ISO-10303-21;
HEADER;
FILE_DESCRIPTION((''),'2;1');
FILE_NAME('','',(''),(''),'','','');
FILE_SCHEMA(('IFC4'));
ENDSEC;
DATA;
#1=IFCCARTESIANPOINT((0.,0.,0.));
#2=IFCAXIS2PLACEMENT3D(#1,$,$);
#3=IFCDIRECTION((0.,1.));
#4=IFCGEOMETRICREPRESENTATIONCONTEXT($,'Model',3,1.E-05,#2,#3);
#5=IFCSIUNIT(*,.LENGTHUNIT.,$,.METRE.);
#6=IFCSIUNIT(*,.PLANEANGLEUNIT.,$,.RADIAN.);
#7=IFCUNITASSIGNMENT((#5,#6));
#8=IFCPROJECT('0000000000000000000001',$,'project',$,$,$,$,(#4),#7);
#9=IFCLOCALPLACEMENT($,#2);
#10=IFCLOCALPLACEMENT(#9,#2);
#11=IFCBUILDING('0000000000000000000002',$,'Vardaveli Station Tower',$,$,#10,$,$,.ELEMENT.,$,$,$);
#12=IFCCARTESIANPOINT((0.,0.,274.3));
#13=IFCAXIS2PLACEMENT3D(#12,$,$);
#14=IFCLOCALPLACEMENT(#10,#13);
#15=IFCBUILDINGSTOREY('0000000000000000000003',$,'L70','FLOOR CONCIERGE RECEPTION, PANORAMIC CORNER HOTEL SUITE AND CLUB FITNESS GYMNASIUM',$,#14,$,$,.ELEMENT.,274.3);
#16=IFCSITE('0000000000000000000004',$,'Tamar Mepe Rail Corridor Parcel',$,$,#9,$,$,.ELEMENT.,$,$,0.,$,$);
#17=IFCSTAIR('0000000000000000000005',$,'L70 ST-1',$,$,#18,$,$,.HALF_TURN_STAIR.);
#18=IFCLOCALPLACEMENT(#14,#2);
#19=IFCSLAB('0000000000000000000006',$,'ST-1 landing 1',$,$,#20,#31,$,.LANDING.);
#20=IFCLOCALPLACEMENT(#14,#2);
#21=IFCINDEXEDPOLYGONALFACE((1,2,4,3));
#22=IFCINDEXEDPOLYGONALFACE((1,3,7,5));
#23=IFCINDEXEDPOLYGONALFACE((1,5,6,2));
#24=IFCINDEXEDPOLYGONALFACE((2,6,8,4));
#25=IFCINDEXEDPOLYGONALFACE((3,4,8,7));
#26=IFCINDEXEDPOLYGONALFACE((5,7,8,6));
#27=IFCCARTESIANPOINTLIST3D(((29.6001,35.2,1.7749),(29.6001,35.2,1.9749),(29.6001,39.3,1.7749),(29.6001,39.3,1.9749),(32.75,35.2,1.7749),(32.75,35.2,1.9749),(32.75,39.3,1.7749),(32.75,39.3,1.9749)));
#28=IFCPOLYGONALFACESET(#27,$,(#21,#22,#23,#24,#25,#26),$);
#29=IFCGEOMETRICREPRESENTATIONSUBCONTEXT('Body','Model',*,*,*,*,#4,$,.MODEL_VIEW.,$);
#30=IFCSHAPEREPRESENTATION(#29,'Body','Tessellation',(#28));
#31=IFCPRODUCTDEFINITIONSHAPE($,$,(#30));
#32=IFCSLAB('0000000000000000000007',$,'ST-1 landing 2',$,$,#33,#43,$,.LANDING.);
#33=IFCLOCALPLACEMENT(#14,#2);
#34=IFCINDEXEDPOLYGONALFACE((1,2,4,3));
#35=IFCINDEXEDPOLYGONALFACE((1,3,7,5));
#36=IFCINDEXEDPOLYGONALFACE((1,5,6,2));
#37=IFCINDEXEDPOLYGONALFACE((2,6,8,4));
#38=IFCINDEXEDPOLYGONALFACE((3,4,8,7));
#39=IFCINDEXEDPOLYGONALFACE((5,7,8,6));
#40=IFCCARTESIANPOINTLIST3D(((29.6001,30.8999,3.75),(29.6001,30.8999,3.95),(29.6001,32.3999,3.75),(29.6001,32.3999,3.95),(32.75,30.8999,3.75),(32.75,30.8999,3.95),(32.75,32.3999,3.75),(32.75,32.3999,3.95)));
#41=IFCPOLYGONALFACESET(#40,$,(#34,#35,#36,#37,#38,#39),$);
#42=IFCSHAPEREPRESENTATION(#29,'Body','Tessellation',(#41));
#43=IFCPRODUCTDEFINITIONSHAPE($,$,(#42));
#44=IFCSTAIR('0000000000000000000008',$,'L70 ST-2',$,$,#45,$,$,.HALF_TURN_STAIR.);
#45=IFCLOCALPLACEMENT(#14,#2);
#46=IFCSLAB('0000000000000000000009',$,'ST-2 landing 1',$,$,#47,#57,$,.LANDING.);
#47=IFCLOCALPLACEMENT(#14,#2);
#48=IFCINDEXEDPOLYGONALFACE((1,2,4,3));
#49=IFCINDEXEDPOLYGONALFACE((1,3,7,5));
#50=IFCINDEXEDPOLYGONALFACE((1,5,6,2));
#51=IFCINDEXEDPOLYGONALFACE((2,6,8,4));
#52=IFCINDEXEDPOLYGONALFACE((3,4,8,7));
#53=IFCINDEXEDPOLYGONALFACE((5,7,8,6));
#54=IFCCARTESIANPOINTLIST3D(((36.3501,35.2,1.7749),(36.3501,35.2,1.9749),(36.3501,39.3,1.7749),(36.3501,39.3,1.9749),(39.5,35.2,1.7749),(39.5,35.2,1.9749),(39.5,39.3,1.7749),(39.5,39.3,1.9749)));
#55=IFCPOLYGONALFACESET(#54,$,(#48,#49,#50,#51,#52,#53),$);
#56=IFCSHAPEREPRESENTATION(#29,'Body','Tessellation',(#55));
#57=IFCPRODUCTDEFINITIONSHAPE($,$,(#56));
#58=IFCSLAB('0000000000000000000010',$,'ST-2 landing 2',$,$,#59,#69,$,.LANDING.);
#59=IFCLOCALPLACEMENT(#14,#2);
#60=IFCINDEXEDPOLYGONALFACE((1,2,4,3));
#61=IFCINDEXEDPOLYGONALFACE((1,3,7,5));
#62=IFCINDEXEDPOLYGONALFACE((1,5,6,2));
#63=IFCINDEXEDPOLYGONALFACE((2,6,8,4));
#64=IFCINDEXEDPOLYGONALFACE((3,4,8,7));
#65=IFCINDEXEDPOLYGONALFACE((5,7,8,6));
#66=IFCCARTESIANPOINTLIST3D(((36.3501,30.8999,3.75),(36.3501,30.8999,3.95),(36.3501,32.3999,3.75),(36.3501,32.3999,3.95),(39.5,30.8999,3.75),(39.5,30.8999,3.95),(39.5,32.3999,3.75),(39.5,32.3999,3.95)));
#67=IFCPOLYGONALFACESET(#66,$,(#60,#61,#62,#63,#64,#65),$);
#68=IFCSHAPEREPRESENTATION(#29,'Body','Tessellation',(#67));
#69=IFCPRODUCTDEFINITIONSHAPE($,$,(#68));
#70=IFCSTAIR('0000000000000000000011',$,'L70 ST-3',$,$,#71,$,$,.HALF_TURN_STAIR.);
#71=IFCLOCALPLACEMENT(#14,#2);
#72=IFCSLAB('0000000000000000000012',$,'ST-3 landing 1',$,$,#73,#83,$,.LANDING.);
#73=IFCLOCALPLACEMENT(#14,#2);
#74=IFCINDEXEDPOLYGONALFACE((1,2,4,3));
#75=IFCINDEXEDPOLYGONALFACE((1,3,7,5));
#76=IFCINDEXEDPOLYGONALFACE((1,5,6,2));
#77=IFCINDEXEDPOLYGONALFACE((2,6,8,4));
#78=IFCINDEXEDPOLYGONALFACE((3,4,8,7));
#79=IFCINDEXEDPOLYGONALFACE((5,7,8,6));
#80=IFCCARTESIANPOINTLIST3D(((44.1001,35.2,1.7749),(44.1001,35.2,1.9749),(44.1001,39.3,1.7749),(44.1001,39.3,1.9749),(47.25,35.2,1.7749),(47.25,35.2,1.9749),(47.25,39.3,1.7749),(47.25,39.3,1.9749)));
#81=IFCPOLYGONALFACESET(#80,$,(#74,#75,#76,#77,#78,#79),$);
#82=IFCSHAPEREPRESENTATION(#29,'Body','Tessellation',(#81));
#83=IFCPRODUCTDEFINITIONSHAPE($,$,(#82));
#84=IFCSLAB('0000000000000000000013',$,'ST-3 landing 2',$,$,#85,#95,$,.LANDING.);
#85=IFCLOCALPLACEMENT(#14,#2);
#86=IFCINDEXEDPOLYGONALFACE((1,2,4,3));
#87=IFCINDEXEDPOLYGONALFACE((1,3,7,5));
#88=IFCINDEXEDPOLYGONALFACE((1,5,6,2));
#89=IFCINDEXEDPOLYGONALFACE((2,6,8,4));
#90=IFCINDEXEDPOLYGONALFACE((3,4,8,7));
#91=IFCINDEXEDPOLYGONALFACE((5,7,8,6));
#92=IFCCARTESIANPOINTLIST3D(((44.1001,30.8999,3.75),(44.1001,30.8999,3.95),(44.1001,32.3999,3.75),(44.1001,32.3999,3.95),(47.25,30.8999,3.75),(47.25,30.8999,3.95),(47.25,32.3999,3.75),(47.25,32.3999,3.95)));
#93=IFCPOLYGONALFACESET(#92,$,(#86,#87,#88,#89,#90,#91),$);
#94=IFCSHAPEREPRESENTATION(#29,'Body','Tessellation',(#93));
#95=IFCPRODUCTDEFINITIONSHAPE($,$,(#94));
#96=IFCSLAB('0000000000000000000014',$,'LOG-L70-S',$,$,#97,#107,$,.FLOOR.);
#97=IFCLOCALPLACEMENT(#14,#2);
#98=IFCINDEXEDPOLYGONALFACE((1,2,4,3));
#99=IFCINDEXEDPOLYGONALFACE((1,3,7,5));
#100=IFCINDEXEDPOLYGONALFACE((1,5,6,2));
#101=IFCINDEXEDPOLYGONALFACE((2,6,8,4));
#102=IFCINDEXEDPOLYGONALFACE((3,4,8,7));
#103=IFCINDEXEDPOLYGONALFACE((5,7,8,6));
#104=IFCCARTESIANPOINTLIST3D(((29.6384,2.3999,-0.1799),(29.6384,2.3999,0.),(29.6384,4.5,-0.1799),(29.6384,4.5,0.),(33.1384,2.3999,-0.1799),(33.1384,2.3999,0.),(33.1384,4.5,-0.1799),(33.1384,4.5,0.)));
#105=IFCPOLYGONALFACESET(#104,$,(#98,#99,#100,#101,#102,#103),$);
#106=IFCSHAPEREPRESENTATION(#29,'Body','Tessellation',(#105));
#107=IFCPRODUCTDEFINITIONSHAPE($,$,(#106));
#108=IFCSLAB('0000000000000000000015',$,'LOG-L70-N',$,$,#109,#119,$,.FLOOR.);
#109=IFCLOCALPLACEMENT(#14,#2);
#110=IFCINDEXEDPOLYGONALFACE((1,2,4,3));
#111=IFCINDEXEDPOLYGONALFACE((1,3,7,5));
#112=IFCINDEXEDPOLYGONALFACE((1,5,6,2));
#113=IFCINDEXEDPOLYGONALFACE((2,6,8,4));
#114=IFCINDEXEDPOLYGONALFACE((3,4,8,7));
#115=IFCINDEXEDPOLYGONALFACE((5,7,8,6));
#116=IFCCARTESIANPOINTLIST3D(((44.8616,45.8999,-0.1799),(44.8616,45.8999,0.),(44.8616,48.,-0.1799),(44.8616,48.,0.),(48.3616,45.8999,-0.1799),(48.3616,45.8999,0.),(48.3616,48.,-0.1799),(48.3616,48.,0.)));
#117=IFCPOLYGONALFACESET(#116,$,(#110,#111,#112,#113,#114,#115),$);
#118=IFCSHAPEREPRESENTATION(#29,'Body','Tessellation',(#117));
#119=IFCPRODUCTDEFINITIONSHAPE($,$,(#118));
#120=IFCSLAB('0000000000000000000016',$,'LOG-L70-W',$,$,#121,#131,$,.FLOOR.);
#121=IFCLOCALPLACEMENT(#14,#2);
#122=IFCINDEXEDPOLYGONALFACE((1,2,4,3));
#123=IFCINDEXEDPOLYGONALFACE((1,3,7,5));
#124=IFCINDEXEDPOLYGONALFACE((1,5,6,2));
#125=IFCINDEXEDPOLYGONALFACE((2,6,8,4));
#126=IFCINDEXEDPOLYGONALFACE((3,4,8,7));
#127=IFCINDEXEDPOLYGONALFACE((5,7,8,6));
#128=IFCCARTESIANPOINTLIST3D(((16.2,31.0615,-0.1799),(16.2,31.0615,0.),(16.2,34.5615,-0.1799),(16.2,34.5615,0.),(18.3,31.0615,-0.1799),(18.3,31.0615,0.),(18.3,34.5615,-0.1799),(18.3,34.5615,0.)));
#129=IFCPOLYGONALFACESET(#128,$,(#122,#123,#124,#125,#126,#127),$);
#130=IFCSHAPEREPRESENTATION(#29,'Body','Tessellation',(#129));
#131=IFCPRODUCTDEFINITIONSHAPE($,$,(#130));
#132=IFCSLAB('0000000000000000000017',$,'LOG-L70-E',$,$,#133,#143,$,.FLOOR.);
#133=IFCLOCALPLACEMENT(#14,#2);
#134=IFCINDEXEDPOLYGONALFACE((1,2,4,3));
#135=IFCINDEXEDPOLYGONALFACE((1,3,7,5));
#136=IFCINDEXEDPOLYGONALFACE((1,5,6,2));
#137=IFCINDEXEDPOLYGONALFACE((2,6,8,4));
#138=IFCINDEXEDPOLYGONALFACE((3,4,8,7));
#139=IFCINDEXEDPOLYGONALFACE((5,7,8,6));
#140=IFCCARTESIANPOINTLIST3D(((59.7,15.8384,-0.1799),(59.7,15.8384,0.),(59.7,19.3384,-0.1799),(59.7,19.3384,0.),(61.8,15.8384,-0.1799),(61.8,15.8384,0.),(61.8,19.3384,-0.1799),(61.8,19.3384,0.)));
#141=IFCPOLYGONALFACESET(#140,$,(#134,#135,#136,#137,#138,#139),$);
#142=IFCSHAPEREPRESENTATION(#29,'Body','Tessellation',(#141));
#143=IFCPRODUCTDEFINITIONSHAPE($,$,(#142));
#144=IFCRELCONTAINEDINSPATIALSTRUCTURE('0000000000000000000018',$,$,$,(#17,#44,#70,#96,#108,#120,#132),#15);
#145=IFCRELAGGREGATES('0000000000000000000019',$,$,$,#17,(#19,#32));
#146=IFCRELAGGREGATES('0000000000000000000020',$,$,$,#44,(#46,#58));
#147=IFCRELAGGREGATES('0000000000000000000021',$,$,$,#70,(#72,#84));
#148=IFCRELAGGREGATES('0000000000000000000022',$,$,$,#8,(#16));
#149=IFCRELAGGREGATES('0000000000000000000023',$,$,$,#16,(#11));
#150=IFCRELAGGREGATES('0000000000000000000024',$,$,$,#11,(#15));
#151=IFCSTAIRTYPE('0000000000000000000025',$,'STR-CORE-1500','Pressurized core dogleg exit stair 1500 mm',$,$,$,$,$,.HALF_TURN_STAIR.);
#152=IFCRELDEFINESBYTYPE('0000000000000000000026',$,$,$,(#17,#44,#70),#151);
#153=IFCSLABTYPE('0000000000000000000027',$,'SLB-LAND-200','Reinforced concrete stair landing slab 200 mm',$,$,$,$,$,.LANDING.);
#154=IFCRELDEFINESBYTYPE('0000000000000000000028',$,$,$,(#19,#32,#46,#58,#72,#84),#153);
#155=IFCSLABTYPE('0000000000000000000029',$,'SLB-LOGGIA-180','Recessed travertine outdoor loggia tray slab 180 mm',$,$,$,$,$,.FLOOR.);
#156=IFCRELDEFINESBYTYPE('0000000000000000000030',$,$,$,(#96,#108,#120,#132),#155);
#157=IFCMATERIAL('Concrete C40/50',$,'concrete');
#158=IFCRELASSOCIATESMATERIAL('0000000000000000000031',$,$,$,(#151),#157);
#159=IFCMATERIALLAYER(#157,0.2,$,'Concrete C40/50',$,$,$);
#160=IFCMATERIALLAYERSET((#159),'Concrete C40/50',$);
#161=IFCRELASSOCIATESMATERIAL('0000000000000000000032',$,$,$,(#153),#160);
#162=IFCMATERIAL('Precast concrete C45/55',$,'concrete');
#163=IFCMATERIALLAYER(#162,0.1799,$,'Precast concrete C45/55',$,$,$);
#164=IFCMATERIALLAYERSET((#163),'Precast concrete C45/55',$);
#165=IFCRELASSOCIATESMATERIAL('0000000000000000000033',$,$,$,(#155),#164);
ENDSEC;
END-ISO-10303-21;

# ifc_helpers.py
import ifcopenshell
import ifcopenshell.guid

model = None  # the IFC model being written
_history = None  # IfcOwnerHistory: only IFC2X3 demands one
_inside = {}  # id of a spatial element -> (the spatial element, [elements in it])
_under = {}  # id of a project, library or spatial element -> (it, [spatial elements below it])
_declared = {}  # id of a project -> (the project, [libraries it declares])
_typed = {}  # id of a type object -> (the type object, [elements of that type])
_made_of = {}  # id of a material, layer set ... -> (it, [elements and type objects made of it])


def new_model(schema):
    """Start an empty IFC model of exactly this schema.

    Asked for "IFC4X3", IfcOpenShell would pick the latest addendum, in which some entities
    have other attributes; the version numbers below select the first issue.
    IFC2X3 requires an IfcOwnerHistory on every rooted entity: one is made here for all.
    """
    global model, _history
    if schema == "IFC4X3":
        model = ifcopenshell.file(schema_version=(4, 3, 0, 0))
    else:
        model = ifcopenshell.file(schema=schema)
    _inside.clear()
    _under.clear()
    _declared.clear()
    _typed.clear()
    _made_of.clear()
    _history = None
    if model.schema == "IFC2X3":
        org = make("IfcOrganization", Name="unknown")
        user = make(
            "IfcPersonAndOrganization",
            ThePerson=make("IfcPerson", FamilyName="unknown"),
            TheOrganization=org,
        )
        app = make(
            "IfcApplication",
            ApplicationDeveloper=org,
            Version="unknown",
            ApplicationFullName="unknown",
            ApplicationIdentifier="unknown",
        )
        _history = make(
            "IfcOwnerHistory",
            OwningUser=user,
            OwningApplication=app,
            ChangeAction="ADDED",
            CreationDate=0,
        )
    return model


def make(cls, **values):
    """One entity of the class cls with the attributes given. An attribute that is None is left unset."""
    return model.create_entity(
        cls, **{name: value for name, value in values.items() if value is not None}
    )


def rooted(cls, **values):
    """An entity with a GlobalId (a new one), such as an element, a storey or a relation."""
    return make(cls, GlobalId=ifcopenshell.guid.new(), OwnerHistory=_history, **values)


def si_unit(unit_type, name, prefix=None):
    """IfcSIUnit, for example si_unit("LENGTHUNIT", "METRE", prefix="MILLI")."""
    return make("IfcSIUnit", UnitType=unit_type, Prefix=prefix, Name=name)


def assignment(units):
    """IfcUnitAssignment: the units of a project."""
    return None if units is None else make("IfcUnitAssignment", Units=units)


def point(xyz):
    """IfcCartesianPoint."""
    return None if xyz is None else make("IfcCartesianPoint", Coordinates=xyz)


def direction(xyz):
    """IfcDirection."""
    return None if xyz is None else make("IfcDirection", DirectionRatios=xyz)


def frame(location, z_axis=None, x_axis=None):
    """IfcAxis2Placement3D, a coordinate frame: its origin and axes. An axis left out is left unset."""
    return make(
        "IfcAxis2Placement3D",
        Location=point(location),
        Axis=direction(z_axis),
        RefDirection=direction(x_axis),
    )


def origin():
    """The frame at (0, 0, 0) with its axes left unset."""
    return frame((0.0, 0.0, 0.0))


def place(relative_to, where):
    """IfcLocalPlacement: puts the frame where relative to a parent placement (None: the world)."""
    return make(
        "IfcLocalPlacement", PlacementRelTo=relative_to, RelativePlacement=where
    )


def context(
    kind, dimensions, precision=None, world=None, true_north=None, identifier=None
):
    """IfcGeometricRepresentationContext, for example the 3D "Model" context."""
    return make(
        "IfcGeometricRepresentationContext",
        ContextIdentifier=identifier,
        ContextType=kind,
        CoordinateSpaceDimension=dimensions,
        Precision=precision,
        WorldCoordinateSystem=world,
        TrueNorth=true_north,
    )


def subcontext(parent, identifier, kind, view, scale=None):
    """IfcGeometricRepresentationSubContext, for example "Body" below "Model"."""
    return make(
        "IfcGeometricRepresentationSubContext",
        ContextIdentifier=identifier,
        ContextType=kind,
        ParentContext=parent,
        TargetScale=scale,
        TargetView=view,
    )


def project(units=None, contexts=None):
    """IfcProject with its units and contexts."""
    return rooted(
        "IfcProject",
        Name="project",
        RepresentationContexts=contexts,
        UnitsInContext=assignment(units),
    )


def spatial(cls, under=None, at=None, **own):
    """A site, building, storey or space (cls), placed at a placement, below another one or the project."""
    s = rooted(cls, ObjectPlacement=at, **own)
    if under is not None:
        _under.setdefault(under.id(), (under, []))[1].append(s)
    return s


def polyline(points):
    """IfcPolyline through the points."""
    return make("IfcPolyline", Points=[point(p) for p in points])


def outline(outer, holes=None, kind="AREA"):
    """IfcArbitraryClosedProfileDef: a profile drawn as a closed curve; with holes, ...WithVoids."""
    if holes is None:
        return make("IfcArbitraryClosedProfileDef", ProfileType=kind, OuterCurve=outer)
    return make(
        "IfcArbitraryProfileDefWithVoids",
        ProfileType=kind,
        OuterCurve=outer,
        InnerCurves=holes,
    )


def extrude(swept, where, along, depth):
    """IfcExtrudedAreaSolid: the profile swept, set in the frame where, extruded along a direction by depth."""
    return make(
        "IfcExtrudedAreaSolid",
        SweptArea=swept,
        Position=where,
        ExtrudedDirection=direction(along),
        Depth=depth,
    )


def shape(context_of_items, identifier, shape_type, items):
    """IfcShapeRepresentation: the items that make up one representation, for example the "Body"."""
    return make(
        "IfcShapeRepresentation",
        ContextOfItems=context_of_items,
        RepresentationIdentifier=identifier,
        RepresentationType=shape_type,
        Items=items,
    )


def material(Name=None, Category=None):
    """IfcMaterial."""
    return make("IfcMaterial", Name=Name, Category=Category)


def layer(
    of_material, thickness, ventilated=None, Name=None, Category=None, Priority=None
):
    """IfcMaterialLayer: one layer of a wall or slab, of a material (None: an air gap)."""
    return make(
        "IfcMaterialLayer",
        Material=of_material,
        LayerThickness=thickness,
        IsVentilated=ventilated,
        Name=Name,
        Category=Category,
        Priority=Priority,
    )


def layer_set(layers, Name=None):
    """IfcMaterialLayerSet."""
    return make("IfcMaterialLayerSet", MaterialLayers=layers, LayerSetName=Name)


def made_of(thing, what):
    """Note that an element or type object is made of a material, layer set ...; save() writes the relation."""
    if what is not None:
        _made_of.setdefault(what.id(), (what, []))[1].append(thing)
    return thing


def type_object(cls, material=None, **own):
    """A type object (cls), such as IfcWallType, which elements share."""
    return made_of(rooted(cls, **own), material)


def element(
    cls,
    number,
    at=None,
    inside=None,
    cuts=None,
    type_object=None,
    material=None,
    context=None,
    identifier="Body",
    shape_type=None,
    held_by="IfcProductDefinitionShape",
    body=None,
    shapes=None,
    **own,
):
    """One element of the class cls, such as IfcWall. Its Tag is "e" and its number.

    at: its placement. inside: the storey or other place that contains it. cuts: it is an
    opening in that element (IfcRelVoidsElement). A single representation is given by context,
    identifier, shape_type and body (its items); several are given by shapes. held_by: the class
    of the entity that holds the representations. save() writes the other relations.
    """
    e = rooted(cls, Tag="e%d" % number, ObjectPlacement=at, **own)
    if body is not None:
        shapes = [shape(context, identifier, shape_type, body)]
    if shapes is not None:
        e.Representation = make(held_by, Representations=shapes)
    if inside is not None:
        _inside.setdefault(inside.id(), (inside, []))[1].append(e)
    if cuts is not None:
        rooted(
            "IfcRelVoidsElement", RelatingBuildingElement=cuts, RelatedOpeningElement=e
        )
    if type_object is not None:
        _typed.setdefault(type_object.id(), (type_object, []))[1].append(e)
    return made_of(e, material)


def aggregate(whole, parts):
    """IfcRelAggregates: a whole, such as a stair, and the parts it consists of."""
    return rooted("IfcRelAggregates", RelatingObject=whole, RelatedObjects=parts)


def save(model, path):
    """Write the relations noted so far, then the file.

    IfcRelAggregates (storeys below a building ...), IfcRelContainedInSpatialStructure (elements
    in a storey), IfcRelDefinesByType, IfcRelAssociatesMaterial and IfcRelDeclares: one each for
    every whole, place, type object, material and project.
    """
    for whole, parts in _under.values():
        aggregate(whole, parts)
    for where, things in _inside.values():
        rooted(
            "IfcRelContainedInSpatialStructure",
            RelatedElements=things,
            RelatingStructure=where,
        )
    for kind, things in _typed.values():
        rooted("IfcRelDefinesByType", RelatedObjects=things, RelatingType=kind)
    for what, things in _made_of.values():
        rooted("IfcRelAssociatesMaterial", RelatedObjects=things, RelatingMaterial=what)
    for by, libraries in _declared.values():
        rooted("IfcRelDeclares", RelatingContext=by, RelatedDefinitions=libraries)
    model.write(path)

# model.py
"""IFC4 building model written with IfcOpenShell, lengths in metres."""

from ifc_helpers import new_model, si_unit, direction, frame, origin, place, context, subcontext, project, spatial, polyline, outline, extrude, material, layer, layer_set, type_object, element, aggregate, save


model = new_model("IFC4")

# Units and contexts
model_context = context("Model", 3, precision=1e-05, world=origin(), true_north=direction((0.0, 1.0)))
body_context = subcontext(model_context, "Body", "Model", "MODEL_VIEW")
ifc_project = project(units=[si_unit("LENGTHUNIT", "METRE"), si_unit("PLANEANGLEUNIT", "RADIAN")], contexts=[model_context])

# Site, building, storey
site_placement = place(None, origin())
site = spatial("IfcSite", under=ifc_project, at=site_placement, Name="Tamar Mepe Rail Corridor Parcel", CompositionType="ELEMENT", RefElevation=0.0)
building_placement = place(site_placement, origin())
building = spatial("IfcBuilding", under=site, at=building_placement, Name="Vardaveli Station Tower", CompositionType="ELEMENT")
storey_placement = place(building_placement, frame((0.0, 0.0, 274.3)))
storey = spatial("IfcBuildingStorey", under=building, at=storey_placement, Name="L70", Description="FLOOR CONCIERGE RECEPTION, PANORAMIC CORNER HOTEL SUITE AND CLUB FITNESS GYMNASIUM", CompositionType="ELEMENT", Elevation=274.3)

# Stairs, slabs
ifc_material_1 = material(Name="Concrete C40/50", Category="concrete")
stair_type = type_object("IfcStairType", Name="STR-CORE-1500", Description="Pressurized core dogleg exit stair 1500 mm", PredefinedType="HALF_TURN_STAIR", material=ifc_material_1)
stair_1_placement = place(storey_placement, origin())
stair_1 = element("IfcStair", 1, at=stair_1_placement, inside=storey, type_object=stair_type, Name="L70 ST-1", PredefinedType="HALF_TURN_STAIR")
ifc_layer_1 = layer(ifc_material_1, 0.2, Name="Concrete C40/50")
ifc_layer_set_1 = layer_set([ifc_layer_1], Name="Concrete C40/50")
slab_type_1 = type_object("IfcSlabType", Name="SLB-LAND-200", Description="Reinforced concrete stair landing slab 200 mm", PredefinedType="LANDING", material=ifc_layer_set_1)
slab_1_placement = place(storey_placement, frame((0.0, 0.0, 1.7749)))
slab_1 = element("IfcSlab", 2, at=slab_1_placement, type_object=slab_type_1, Name="ST-1 landing 1", PredefinedType="LANDING", context=body_context, shape_type="SweptSolid", body=[
    extrude(outline(polyline([(32.75, 35.2), (32.75, 39.3), (29.6001, 39.3), (29.6001, 35.2), (32.75, 35.2)])), origin(), (0.0, 0.0, 1.0), 0.2),
])
slab_2_placement = place(storey_placement, frame((0.0, 0.0, 3.75)))
slab_2 = element("IfcSlab", 3, at=slab_2_placement, type_object=slab_type_1, Name="ST-1 landing 2", PredefinedType="LANDING", context=body_context, shape_type="SweptSolid", body=[
    extrude(outline(polyline([(32.75, 30.8999), (32.75, 32.3999), (29.6001, 32.3999), (29.6001, 30.8999), (32.75, 30.8999)])), origin(), (0.0, 0.0, 1.0), 0.2),
])
aggregate(stair_1, [slab_1, slab_2])
stair_2_placement = place(storey_placement, origin())
stair_2 = element("IfcStair", 4, at=stair_2_placement, inside=storey, type_object=stair_type, Name="L70 ST-2", PredefinedType="HALF_TURN_STAIR")
slab_3_placement = place(storey_placement, frame((0.0, 0.0, 1.7749)))
slab_3 = element("IfcSlab", 5, at=slab_3_placement, type_object=slab_type_1, Name="ST-2 landing 1", PredefinedType="LANDING", context=body_context, shape_type="SweptSolid", body=[
    extrude(outline(polyline([(39.5, 35.2), (39.5, 39.3), (36.3501, 39.3), (36.3501, 35.2), (39.5, 35.2)])), origin(), (0.0, 0.0, 1.0), 0.2),
])
slab_4_placement = place(storey_placement, frame((0.0, 0.0, 3.75)))
slab_4 = element("IfcSlab", 6, at=slab_4_placement, type_object=slab_type_1, Name="ST-2 landing 2", PredefinedType="LANDING", context=body_context, shape_type="SweptSolid", body=[
    extrude(outline(polyline([(39.5, 30.8999), (39.5, 32.3999), (36.3501, 32.3999), (36.3501, 30.8999), (39.5, 30.8999)])), origin(), (0.0, 0.0, 1.0), 0.2),
])
aggregate(stair_2, [slab_3, slab_4])
stair_3_placement = place(storey_placement, origin())
stair_3 = element("IfcStair", 7, at=stair_3_placement, inside=storey, type_object=stair_type, Name="L70 ST-3", PredefinedType="HALF_TURN_STAIR")
slab_5_placement = place(storey_placement, frame((0.0, 0.0, 1.7749)))
slab_5 = element("IfcSlab", 8, at=slab_5_placement, type_object=slab_type_1, Name="ST-3 landing 1", PredefinedType="LANDING", context=body_context, shape_type="SweptSolid", body=[
    extrude(outline(polyline([(47.25, 35.2), (47.25, 39.3), (44.1001, 39.3), (44.1001, 35.2), (47.25, 35.2)])), origin(), (0.0, 0.0, 1.0), 0.2),
])
slab_6_placement = place(storey_placement, frame((0.0, 0.0, 3.75)))
slab_6 = element("IfcSlab", 9, at=slab_6_placement, type_object=slab_type_1, Name="ST-3 landing 2", PredefinedType="LANDING", context=body_context, shape_type="SweptSolid", body=[
    extrude(outline(polyline([(47.25, 30.8999), (47.25, 32.3999), (44.1001, 32.3999), (44.1001, 30.8999), (47.25, 30.8999)])), origin(), (0.0, 0.0, 1.0), 0.2),
])
aggregate(stair_3, [slab_5, slab_6])

# Slabs
ifc_material_2 = material(Name="Precast concrete C45/55", Category="concrete")
ifc_layer_2 = layer(ifc_material_2, 0.1799, Name="Precast concrete C45/55")
ifc_layer_set_2 = layer_set([ifc_layer_2], Name="Precast concrete C45/55")
slab_type_2 = type_object("IfcSlabType", Name="SLB-LOGGIA-180", Description="Recessed travertine outdoor loggia tray slab 180 mm", PredefinedType="FLOOR", material=ifc_layer_set_2)
slab_7_placement = place(storey_placement, frame((0.0, 0.0, -0.1799)))
element("IfcSlab", 10, at=slab_7_placement, inside=storey, type_object=slab_type_2, Name="LOG-L70-S", PredefinedType="FLOOR", context=body_context, shape_type="SweptSolid", body=[
    extrude(outline(polyline([(29.6384, 2.3999), (33.1384, 2.3999), (33.1384, 4.5), (29.6384, 4.5), (29.6384, 2.3999)])), origin(), (0.0, 0.0, 1.0), 0.1799),
])
slab_8_placement = place(storey_placement, frame((0.0, 0.0, -0.1799)))
element("IfcSlab", 11, at=slab_8_placement, inside=storey, type_object=slab_type_2, Name="LOG-L70-N", PredefinedType="FLOOR", context=body_context, shape_type="SweptSolid", body=[
    extrude(outline(polyline([(44.8616, 45.8999), (48.3616, 45.8999), (48.3616, 48.0), (44.8616, 48.0), (44.8616, 45.8999)])), origin(), (0.0, 0.0, 1.0), 0.1799),
])
slab_9_placement = place(storey_placement, frame((0.0, 0.0, -0.1799)))
element("IfcSlab", 12, at=slab_9_placement, inside=storey, type_object=slab_type_2, Name="LOG-L70-W", PredefinedType="FLOOR", context=body_context, shape_type="SweptSolid", body=[
    extrude(outline(polyline([(16.2, 31.0615), (18.3, 31.0615), (18.3, 34.5615), (16.2, 34.5615), (16.2, 31.0615)])), origin(), (0.0, 0.0, 1.0), 0.1799),
])
slab_10_placement = place(storey_placement, frame((0.0, 0.0, -0.1799)))
element("IfcSlab", 13, at=slab_10_placement, inside=storey, type_object=slab_type_2, Name="LOG-L70-E", PredefinedType="FLOOR", context=body_context, shape_type="SweptSolid", body=[
    extrude(outline(polyline([(59.7, 15.8384), (61.8, 15.8384), (61.8, 19.3384), (59.7, 19.3384), (59.7, 15.8384)])), origin(), (0.0, 0.0, 1.0), 0.1799),
])

save(model, "model.ifc")
